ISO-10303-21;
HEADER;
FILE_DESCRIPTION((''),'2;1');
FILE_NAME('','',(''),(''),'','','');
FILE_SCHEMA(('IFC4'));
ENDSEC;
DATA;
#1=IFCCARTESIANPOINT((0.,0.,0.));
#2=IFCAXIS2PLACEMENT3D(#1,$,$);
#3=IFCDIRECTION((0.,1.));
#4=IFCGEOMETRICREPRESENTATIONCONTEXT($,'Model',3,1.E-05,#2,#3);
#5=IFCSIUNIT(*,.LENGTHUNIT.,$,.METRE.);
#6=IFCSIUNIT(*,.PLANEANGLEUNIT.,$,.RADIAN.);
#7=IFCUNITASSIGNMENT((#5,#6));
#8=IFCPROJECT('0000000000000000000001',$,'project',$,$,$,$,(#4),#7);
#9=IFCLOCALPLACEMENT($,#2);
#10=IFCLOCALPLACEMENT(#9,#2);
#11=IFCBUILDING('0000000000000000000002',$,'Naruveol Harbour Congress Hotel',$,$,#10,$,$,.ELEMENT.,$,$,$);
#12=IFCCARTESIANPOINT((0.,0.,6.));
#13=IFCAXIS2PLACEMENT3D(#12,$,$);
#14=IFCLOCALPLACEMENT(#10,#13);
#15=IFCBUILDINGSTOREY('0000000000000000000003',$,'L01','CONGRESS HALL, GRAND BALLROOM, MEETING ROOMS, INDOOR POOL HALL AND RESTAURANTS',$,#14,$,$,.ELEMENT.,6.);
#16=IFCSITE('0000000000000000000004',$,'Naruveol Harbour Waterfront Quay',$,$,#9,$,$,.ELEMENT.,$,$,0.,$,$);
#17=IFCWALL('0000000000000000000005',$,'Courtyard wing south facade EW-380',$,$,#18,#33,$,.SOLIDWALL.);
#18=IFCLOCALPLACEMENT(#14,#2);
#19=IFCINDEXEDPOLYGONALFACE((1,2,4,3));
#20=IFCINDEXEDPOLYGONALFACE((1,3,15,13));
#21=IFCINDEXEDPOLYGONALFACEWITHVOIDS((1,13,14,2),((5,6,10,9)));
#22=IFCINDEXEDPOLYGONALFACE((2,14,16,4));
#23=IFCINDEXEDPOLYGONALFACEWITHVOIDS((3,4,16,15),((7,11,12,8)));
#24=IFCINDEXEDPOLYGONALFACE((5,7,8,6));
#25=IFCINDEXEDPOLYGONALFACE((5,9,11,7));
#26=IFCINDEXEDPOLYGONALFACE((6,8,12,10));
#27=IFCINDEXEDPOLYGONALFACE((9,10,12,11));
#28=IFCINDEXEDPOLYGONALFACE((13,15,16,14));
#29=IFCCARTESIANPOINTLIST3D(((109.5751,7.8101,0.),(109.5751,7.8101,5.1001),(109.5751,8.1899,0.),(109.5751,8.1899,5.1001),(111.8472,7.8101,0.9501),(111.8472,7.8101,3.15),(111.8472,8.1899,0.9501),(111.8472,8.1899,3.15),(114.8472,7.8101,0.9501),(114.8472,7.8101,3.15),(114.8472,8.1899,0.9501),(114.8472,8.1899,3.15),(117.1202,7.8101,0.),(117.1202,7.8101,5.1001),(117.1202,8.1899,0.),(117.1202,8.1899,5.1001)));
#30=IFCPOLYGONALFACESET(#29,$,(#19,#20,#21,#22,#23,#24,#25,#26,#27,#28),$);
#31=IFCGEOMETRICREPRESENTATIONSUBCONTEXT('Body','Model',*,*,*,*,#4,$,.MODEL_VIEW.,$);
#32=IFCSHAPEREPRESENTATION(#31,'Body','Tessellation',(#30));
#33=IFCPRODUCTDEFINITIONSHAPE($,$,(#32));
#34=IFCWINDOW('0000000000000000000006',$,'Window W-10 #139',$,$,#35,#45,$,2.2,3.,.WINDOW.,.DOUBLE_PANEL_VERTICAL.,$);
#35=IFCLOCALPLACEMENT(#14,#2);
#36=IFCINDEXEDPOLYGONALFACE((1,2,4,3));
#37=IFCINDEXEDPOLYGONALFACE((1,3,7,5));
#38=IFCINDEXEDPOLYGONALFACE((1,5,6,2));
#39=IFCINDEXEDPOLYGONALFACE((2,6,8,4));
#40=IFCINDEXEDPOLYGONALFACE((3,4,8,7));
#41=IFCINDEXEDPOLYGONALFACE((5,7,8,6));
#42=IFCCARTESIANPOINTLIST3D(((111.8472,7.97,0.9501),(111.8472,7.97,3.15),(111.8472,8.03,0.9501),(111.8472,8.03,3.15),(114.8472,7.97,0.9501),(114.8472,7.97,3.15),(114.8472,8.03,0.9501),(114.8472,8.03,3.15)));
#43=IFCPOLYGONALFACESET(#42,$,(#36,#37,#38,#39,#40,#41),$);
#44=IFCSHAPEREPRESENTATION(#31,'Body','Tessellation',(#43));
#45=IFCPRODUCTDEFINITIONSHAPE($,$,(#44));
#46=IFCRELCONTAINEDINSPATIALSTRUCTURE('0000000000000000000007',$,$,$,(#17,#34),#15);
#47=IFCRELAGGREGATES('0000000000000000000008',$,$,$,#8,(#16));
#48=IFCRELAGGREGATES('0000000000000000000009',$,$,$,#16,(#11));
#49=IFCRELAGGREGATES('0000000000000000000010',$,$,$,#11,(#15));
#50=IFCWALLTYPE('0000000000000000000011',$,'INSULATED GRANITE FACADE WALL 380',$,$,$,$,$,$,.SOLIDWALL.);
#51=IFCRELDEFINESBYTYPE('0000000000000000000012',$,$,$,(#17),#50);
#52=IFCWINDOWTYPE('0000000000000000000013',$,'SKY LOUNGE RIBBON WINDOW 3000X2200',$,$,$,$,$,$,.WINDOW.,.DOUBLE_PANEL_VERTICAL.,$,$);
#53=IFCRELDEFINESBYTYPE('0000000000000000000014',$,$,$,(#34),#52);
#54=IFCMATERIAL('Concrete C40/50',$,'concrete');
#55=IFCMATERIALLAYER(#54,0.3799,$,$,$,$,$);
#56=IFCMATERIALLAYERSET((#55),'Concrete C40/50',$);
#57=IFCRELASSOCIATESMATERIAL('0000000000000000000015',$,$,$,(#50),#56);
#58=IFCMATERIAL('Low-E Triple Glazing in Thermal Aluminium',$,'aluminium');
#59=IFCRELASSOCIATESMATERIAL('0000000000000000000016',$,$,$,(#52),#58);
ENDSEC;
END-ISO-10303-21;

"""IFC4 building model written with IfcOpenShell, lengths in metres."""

from ifc_helpers import new_model, si_unit, direction, frame, frame_2d, origin, place, context, subcontext, project, spatial, rectangle, extrude, material, layer, layer_set, type_object, element, fill, save


model = new_model("IFC4")

# Units and contexts
model_context = context("Model", 3, precision=1e-05, world=origin(), true_north=direction((0.0, 1.0)))
body_context = subcontext(model_context, "Body", "Model", "MODEL_VIEW")
ifc_project = project(units=[si_unit("LENGTHUNIT", "METRE"), si_unit("PLANEANGLEUNIT", "RADIAN")], contexts=[model_context])

# Site, building, storey
site_placement = place(None, origin())
site = spatial("IfcSite", under=ifc_project, at=site_placement, Name="Naruveol Harbour Waterfront Quay", CompositionType="ELEMENT", RefElevation=0.0)
building_placement = place(site_placement, origin())
building = spatial("IfcBuilding", under=site, at=building_placement, Name="Naruveol Harbour Congress Hotel", CompositionType="ELEMENT")
storey_placement = place(building_placement, frame((0.0, 0.0, 6.0)))
storey = spatial("IfcBuildingStorey", under=building, at=storey_placement, Name="L01", Description="CONGRESS HALL, GRAND BALLROOM, MEETING ROOMS, INDOOR POOL HALL AND RESTAURANTS", CompositionType="ELEMENT", Elevation=6.0)

# Wall, opening, window
ifc_material_1 = material(Name="Concrete C40/50", Category="concrete")
ifc_layer_1 = layer(ifc_material_1, 0.3799)
ifc_layer_set_1 = layer_set([ifc_layer_1], Name="Concrete C40/50")
wall_type_1 = type_object("IfcWallType", Name="INSULATED GRANITE FACADE WALL 380", PredefinedType="SOLIDWALL", material=ifc_layer_set_1)
wall_1_placement = place(storey_placement, frame((117.1201, 8.0, 0.0), z_axis=(0.0, 0.0, 1.0), x_axis=(-1.0, 0.0, 0.0)))
wall_1 = element("IfcWall", 1, at=wall_1_placement, inside=storey, type_object=wall_type_1, Name="Courtyard wing south facade EW-380", PredefinedType="SOLIDWALL", context=body_context, shape_type="SweptSolid", body=[
    extrude(rectangle(XDim=7.5452, YDim=0.3799, at=frame_2d((3.7725, 0.0))), origin(), (0.0, 0.0, 1.0), 5.1001),
])
opening_1_placement = place(wall_1_placement, frame((2.2729, 0.0, 0.95)))
opening_1 = element("IfcOpeningElement", 2, at=opening_1_placement, cuts=wall_1, PredefinedType="OPENING", context=body_context, shape_type="SweptSolid", body=[
    extrude(rectangle(XDim=3.0, YDim=2.2, at=frame_2d((1.5, 1.1001))), frame((0.0, 0.2, 0.0), z_axis=(0.0, -1.0, 0.0), x_axis=(1.0, 0.0, 0.0)), (0.0, 0.0, 1.0), 0.3999),
])
ifc_material_2 = material(Name="Low-E Triple Glazing in Thermal Aluminium", Category="aluminium")
window_type_1 = type_object("IfcWindowType", Name="SKY LOUNGE RIBBON WINDOW 3000X2200", PartitioningType="DOUBLE_PANEL_VERTICAL", PredefinedType="WINDOW", material=ifc_material_2)
window_1_placement = place(opening_1_placement, origin())
window_1 = element("IfcWindow", 3, at=window_1_placement, inside=storey, type_object=window_type_1, Name="Window W-10 #139", OverallHeight=2.2, OverallWidth=3.0, PartitioningType="DOUBLE_PANEL_VERTICAL", PredefinedType="WINDOW", context=body_context, shape_type="SweptSolid", body=[
    extrude(rectangle(XDim=3.0, YDim=2.2, at=frame_2d((1.5, 1.1001))), frame((0.0, 0.03, 0.0), z_axis=(0.0, -1.0, 0.0), x_axis=(1.0, 0.0, 0.0)), (0.0, 0.0, 1.0), 0.0601),
])
fill(opening_1, window_1)

save(model, "model.ifc")
